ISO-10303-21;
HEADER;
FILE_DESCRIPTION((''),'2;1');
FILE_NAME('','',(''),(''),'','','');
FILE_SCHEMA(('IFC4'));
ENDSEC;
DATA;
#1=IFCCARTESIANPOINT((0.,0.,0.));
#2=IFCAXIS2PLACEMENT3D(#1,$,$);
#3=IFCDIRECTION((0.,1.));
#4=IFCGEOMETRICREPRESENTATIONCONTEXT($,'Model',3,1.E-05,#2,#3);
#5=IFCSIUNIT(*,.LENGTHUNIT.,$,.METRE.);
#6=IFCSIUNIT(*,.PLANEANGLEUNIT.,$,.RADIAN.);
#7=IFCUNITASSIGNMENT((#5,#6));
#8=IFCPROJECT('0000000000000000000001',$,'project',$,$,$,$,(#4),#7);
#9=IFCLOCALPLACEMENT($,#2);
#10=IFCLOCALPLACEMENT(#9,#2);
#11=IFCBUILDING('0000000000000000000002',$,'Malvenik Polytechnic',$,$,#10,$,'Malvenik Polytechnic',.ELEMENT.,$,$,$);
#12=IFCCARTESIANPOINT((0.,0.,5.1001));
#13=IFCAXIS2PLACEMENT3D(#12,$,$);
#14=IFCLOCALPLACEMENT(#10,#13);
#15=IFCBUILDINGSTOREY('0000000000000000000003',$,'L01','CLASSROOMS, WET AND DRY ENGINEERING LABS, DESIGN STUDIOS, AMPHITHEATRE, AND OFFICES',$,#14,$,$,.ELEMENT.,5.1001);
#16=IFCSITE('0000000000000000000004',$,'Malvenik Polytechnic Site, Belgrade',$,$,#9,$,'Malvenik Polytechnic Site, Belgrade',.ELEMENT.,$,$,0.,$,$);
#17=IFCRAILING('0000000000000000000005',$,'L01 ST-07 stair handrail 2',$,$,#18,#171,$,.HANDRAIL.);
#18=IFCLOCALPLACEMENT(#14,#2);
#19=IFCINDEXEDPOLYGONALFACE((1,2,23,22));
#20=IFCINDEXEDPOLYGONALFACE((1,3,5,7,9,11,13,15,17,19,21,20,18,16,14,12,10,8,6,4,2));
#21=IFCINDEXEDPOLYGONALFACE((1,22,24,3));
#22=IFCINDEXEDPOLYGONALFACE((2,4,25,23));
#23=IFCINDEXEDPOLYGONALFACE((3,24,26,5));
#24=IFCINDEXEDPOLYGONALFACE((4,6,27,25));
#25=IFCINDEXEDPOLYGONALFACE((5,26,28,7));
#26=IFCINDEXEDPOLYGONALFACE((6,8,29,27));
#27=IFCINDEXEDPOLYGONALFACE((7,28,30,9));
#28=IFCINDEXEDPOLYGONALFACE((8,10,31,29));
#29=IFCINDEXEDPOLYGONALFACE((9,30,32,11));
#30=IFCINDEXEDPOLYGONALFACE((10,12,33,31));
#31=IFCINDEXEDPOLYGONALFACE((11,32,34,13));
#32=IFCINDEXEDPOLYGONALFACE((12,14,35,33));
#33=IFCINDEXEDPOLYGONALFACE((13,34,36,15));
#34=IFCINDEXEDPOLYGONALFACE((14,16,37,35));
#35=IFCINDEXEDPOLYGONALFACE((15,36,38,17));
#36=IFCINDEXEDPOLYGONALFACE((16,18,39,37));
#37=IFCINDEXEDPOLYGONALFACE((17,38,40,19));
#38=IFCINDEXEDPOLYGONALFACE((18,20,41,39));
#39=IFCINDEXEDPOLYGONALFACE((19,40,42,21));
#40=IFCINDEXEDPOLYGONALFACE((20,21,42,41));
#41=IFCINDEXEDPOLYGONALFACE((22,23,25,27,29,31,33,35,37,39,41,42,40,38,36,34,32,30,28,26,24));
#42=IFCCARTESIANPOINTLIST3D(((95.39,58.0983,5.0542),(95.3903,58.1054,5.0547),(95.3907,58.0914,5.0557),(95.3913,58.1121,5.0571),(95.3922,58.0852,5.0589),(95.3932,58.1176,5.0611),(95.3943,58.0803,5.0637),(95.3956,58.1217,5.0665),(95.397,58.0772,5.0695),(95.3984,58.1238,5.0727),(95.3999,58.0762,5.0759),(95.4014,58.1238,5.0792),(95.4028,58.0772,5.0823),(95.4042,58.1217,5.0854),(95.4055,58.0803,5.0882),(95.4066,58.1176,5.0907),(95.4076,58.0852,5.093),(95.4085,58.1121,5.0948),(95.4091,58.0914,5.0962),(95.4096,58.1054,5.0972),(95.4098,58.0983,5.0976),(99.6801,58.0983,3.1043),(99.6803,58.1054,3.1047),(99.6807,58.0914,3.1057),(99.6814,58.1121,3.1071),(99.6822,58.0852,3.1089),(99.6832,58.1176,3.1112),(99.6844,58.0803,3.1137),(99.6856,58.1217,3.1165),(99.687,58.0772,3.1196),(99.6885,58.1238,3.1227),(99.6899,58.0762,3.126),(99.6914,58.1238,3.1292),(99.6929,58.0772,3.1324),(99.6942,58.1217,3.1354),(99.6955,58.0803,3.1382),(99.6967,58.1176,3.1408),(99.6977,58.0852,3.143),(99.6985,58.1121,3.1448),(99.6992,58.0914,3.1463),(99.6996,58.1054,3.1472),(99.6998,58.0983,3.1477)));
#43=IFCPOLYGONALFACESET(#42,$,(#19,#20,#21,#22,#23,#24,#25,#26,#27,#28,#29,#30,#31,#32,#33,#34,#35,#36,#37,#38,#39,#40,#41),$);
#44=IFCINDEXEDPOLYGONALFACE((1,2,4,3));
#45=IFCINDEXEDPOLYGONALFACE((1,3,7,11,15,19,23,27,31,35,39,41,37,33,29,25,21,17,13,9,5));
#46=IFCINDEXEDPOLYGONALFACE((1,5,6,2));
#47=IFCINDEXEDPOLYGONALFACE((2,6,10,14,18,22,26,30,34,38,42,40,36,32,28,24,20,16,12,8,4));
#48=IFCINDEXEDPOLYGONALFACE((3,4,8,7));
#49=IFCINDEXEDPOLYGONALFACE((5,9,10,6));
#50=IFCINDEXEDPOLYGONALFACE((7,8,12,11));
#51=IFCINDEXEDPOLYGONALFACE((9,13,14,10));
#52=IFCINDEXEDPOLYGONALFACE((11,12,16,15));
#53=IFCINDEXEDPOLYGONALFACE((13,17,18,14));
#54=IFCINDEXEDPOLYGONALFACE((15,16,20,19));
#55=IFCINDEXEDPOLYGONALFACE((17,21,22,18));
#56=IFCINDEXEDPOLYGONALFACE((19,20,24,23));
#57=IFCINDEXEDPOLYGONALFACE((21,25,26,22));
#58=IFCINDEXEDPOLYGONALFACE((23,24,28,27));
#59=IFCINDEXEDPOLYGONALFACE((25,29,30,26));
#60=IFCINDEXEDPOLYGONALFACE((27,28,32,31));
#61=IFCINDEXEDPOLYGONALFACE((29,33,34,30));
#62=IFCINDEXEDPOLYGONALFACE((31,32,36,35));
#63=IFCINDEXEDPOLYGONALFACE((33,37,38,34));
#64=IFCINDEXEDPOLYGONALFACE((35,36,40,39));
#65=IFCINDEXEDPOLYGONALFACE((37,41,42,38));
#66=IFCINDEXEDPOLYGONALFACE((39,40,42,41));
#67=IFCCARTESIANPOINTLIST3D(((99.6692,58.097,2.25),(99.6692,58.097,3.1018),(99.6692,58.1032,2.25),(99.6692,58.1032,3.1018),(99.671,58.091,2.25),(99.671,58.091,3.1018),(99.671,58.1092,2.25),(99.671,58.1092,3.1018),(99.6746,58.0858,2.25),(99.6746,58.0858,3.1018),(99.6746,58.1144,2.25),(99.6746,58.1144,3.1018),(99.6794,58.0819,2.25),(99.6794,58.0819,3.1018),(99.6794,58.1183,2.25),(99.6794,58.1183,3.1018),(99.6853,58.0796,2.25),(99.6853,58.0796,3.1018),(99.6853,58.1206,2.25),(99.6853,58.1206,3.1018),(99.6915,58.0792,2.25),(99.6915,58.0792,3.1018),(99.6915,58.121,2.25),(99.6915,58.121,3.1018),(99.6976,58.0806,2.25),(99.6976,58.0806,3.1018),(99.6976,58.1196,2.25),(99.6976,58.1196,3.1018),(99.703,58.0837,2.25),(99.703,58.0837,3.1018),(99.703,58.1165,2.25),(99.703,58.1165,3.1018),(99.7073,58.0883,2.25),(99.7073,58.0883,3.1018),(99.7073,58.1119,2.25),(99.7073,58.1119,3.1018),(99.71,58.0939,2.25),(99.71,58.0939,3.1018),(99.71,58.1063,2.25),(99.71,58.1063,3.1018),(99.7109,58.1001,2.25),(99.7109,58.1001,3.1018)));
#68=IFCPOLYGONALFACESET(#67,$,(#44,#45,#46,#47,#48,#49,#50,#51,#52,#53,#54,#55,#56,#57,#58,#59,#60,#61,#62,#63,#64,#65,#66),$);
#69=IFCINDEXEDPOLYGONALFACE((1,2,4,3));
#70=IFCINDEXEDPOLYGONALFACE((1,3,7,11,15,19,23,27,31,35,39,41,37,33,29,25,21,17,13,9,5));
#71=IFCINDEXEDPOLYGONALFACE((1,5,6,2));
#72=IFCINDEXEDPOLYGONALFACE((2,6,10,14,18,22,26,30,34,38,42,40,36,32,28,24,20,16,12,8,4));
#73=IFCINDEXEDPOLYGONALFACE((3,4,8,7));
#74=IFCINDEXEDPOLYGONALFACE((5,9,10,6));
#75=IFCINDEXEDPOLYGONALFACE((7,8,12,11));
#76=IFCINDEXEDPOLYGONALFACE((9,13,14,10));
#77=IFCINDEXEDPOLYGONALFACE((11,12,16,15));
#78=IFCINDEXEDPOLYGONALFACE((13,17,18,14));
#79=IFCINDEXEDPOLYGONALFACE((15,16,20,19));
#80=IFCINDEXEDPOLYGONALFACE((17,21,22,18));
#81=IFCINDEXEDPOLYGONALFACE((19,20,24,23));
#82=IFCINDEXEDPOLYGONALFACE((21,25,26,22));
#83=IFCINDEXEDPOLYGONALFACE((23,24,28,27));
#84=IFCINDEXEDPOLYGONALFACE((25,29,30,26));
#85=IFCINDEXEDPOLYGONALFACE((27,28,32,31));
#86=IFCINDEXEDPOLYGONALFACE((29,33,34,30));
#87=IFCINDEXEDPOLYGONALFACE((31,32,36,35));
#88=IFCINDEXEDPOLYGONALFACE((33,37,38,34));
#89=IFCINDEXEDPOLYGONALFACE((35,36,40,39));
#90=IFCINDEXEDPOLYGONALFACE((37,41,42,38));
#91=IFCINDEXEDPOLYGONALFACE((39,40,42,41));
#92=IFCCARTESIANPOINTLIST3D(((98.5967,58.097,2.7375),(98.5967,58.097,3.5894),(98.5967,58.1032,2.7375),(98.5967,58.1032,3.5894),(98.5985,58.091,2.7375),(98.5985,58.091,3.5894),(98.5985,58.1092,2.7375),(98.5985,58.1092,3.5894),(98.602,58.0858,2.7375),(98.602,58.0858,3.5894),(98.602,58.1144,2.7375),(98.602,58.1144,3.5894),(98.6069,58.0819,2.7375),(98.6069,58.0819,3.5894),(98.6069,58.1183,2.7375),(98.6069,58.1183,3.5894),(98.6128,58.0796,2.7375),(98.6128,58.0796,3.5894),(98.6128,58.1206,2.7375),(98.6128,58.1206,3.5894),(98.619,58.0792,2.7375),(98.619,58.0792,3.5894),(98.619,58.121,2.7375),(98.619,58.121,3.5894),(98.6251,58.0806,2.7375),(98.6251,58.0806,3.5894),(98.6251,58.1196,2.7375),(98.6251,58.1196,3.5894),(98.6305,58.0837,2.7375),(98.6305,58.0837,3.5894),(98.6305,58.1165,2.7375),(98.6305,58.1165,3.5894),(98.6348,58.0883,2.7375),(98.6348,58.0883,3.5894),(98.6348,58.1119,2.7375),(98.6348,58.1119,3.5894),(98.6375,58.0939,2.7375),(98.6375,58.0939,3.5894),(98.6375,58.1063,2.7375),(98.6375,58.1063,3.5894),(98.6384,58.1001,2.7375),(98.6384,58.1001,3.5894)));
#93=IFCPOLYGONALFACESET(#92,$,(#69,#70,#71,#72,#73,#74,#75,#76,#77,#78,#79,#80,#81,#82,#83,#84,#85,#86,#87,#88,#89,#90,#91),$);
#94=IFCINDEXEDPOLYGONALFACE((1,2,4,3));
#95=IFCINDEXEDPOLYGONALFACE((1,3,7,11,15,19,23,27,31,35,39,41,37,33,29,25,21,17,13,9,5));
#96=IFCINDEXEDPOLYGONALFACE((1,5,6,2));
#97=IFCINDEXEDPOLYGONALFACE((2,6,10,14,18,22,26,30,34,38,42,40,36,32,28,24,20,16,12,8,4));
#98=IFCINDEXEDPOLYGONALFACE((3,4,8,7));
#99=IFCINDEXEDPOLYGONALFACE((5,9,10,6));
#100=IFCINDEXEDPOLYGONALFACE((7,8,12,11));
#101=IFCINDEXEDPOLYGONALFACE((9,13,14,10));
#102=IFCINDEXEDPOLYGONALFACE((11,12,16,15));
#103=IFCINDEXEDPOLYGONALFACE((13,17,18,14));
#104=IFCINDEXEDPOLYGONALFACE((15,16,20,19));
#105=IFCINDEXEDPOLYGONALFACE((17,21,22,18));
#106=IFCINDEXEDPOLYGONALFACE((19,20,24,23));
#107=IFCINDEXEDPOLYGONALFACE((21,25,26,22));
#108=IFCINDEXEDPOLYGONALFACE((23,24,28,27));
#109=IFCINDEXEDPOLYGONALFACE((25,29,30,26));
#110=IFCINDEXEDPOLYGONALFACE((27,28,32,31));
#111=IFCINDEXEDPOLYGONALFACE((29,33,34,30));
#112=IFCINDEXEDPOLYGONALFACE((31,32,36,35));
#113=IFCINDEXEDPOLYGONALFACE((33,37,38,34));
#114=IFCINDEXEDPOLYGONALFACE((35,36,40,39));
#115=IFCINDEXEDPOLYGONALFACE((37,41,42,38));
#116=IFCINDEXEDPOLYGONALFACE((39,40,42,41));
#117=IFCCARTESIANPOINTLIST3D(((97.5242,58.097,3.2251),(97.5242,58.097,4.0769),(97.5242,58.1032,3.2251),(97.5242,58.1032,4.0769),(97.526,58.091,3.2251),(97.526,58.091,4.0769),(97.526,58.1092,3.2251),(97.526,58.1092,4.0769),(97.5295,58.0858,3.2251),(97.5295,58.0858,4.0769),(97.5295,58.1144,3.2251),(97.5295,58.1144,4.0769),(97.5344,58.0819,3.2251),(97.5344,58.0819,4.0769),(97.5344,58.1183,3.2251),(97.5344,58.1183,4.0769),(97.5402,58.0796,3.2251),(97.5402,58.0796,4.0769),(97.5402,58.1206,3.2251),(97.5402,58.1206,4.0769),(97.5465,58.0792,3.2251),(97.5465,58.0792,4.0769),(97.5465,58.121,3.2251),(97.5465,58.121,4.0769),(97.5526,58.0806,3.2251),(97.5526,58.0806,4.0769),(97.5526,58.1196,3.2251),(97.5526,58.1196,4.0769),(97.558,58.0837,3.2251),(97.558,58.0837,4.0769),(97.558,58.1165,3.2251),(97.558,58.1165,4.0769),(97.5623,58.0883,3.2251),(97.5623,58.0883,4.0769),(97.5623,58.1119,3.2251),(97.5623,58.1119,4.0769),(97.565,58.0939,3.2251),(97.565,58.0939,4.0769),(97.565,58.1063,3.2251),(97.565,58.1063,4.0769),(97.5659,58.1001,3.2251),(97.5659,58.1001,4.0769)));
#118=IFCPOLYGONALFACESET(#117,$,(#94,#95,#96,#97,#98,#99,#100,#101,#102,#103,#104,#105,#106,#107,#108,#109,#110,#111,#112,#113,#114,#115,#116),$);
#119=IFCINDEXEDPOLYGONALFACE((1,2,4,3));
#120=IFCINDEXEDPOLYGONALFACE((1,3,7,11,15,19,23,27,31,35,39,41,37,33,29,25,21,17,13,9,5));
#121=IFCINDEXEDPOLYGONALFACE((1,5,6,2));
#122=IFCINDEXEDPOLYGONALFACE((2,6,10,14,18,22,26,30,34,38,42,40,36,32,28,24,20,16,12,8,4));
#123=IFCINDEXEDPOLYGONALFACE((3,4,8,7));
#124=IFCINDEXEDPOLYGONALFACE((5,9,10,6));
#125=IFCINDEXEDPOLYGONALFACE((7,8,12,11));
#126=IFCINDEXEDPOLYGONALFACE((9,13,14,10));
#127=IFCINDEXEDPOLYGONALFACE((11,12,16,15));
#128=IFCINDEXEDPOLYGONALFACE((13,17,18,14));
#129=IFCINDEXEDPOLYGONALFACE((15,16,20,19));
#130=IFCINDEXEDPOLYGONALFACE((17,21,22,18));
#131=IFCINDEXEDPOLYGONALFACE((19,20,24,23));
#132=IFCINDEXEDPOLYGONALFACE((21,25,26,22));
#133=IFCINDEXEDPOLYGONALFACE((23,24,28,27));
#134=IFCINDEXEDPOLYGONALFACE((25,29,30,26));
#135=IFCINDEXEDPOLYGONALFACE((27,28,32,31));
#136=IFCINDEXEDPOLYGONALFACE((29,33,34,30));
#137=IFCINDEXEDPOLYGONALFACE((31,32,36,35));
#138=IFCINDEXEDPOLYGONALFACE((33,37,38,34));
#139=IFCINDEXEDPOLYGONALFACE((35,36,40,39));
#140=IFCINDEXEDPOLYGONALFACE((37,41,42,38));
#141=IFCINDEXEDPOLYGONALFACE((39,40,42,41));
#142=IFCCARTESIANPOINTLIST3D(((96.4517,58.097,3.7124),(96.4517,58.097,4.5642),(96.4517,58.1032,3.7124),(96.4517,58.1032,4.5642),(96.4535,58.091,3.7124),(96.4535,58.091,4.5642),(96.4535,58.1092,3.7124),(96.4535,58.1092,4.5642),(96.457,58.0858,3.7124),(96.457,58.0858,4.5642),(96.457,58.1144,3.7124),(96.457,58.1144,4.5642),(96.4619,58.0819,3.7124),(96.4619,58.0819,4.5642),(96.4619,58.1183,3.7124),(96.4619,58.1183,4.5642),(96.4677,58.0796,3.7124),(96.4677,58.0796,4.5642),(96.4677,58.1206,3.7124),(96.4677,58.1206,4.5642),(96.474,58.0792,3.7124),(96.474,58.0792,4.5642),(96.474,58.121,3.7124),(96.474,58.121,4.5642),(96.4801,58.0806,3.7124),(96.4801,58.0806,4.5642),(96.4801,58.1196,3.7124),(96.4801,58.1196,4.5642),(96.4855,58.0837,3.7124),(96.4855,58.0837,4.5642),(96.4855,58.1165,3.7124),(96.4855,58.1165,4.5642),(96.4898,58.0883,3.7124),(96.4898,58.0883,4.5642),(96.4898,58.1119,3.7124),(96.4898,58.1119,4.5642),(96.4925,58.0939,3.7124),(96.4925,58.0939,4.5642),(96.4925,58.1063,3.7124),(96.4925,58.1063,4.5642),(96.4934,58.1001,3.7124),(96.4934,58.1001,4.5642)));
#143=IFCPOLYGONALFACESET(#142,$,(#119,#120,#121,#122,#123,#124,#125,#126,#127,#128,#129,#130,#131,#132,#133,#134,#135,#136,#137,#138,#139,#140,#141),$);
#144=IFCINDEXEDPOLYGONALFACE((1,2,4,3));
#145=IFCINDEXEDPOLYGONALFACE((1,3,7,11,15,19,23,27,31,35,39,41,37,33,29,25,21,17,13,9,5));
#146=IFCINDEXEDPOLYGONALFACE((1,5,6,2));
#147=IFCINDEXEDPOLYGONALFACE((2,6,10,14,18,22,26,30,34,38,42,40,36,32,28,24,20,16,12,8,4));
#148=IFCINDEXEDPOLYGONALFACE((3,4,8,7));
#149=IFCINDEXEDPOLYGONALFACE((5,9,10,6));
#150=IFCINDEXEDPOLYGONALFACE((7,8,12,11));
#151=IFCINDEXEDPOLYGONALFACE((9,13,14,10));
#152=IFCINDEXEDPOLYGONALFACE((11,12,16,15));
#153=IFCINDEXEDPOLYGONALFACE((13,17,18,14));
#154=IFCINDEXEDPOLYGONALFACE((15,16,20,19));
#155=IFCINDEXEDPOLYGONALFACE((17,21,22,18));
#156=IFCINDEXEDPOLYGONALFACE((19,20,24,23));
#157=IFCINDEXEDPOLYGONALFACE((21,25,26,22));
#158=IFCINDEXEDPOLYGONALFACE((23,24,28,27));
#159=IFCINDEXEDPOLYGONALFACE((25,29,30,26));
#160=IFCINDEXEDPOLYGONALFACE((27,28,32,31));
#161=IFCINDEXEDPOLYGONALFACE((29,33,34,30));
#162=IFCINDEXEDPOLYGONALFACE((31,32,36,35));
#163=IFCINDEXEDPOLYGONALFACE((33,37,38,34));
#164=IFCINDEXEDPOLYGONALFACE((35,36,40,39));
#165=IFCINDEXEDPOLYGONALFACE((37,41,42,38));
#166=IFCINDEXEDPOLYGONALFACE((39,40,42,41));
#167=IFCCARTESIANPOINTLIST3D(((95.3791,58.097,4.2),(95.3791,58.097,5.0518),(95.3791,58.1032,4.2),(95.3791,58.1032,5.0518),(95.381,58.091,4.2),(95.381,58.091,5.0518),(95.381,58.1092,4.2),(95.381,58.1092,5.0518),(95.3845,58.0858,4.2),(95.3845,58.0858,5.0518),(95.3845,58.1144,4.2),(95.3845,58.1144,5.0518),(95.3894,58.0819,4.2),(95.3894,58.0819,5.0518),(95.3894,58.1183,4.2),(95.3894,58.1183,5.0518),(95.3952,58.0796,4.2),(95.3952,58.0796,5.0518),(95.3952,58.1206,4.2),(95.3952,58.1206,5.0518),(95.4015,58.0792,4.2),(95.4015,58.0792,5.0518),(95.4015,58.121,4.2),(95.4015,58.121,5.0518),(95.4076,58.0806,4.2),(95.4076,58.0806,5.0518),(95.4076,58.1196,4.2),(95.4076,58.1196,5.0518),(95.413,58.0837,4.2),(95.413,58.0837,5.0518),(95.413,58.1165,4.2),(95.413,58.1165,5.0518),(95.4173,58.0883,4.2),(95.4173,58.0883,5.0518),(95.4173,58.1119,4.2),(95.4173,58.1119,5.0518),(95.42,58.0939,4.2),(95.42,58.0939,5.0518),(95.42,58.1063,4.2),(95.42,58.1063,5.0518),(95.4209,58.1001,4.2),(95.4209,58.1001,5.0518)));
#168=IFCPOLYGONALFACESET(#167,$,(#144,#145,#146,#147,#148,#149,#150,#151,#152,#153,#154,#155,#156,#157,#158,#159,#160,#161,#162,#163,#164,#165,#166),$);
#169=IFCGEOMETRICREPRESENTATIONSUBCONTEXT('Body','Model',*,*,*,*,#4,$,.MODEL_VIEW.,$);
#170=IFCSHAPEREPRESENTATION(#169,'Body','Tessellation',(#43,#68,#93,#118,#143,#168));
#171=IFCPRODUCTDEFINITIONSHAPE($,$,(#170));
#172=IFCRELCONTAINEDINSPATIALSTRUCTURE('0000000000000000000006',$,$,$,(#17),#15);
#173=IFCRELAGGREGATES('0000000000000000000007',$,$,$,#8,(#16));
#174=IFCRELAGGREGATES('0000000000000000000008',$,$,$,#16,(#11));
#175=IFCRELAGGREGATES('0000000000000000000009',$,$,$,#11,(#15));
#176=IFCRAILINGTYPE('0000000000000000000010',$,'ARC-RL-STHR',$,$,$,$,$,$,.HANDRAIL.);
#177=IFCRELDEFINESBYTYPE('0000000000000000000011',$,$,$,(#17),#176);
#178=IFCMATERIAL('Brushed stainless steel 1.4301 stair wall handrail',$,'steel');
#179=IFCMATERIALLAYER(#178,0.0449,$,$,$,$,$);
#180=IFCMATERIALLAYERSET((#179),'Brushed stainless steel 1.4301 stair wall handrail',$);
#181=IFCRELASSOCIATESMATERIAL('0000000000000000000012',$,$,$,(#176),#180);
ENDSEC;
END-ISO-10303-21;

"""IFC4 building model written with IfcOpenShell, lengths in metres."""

from ifc_helpers import new_model, si_unit, direction, frame, origin, origin_2d, place, context, subcontext, project, spatial, circle, extrude, material, layer, layer_set, type_object, element, save


model = new_model("IFC4")

# Units and contexts
model_context = context("Model", 3, precision=1e-05, world=origin(), true_north=direction((0.0, 1.0)))
body_context = subcontext(model_context, "Body", "Model", "MODEL_VIEW")
ifc_project = project(units=[si_unit("LENGTHUNIT", "METRE"), si_unit("PLANEANGLEUNIT", "RADIAN")], contexts=[model_context])

# Site, building, storey
site_placement = place(None, origin())
site = spatial("IfcSite", under=ifc_project, at=site_placement, Name="Malvenik Polytechnic Site, Belgrade", LongName="Malvenik Polytechnic Site, Belgrade", CompositionType="ELEMENT", RefElevation=0.0)
building_placement = place(site_placement, origin())
building = spatial("IfcBuilding", under=site, at=building_placement, Name="Malvenik Polytechnic", LongName="Malvenik Polytechnic", CompositionType="ELEMENT")
storey_placement = place(building_placement, frame((0.0, 0.0, 5.1001)))
storey = spatial("IfcBuildingStorey", under=building, at=storey_placement, Name="L01", Description="CLASSROOMS, WET AND DRY ENGINEERING LABS, DESIGN STUDIOS, AMPHITHEATRE, AND OFFICES", CompositionType="ELEMENT", Elevation=5.1001)

# Railing
ifc_material_1 = material(Name="Brushed stainless steel 1.4301 stair wall handrail", Category="steel")
ifc_layer_1 = layer(ifc_material_1, 0.0449)
ifc_layer_set_1 = layer_set([ifc_layer_1], Name="Brushed stainless steel 1.4301 stair wall handrail")
railing_type = type_object("IfcRailingType", Name="ARC-RL-STHR", PredefinedType="HANDRAIL", material=ifc_layer_set_1)
railing_placement = place(storey_placement, frame((99.6899, 58.1001, 2.25)))
element("IfcRailing", 1, at=railing_placement, inside=storey, type_object=railing_type, Name="L01 ST-07 stair handrail 2", PredefinedType="HANDRAIL", context=body_context, shape_type="SweptSolid", body=[
    extrude(circle(Radius=0.0239, at=origin_2d()), frame((0.0, 0.0, 0.876), z_axis=(-0.910372, 0.0, 0.413791), x_axis=(0.0, -1.0, 0.0)), (0.0, 0.0, 1.0), 4.7124),
    extrude(circle(Radius=0.021, at=origin_2d()), origin(), (0.0, 0.0, 1.0), 0.8518),
    extrude(circle(Radius=0.021, at=origin_2d()), frame((-1.0725, 0.0, 0.4875)), (0.0, 0.0, 1.0), 0.8518),
    extrude(circle(Radius=0.021, at=origin_2d()), frame((-2.145, 0.0, 0.9751)), (0.0, 0.0, 1.0), 0.8518),
    extrude(circle(Radius=0.021, at=origin_2d()), frame((-3.2175, 0.0, 1.4624)), (0.0, 0.0, 1.0), 0.8518),
    extrude(circle(Radius=0.021, at=origin_2d()), frame((-4.29, 0.0, 1.95)), (0.0, 0.0, 1.0), 0.8518),
])

save(model, "model.ifc")
